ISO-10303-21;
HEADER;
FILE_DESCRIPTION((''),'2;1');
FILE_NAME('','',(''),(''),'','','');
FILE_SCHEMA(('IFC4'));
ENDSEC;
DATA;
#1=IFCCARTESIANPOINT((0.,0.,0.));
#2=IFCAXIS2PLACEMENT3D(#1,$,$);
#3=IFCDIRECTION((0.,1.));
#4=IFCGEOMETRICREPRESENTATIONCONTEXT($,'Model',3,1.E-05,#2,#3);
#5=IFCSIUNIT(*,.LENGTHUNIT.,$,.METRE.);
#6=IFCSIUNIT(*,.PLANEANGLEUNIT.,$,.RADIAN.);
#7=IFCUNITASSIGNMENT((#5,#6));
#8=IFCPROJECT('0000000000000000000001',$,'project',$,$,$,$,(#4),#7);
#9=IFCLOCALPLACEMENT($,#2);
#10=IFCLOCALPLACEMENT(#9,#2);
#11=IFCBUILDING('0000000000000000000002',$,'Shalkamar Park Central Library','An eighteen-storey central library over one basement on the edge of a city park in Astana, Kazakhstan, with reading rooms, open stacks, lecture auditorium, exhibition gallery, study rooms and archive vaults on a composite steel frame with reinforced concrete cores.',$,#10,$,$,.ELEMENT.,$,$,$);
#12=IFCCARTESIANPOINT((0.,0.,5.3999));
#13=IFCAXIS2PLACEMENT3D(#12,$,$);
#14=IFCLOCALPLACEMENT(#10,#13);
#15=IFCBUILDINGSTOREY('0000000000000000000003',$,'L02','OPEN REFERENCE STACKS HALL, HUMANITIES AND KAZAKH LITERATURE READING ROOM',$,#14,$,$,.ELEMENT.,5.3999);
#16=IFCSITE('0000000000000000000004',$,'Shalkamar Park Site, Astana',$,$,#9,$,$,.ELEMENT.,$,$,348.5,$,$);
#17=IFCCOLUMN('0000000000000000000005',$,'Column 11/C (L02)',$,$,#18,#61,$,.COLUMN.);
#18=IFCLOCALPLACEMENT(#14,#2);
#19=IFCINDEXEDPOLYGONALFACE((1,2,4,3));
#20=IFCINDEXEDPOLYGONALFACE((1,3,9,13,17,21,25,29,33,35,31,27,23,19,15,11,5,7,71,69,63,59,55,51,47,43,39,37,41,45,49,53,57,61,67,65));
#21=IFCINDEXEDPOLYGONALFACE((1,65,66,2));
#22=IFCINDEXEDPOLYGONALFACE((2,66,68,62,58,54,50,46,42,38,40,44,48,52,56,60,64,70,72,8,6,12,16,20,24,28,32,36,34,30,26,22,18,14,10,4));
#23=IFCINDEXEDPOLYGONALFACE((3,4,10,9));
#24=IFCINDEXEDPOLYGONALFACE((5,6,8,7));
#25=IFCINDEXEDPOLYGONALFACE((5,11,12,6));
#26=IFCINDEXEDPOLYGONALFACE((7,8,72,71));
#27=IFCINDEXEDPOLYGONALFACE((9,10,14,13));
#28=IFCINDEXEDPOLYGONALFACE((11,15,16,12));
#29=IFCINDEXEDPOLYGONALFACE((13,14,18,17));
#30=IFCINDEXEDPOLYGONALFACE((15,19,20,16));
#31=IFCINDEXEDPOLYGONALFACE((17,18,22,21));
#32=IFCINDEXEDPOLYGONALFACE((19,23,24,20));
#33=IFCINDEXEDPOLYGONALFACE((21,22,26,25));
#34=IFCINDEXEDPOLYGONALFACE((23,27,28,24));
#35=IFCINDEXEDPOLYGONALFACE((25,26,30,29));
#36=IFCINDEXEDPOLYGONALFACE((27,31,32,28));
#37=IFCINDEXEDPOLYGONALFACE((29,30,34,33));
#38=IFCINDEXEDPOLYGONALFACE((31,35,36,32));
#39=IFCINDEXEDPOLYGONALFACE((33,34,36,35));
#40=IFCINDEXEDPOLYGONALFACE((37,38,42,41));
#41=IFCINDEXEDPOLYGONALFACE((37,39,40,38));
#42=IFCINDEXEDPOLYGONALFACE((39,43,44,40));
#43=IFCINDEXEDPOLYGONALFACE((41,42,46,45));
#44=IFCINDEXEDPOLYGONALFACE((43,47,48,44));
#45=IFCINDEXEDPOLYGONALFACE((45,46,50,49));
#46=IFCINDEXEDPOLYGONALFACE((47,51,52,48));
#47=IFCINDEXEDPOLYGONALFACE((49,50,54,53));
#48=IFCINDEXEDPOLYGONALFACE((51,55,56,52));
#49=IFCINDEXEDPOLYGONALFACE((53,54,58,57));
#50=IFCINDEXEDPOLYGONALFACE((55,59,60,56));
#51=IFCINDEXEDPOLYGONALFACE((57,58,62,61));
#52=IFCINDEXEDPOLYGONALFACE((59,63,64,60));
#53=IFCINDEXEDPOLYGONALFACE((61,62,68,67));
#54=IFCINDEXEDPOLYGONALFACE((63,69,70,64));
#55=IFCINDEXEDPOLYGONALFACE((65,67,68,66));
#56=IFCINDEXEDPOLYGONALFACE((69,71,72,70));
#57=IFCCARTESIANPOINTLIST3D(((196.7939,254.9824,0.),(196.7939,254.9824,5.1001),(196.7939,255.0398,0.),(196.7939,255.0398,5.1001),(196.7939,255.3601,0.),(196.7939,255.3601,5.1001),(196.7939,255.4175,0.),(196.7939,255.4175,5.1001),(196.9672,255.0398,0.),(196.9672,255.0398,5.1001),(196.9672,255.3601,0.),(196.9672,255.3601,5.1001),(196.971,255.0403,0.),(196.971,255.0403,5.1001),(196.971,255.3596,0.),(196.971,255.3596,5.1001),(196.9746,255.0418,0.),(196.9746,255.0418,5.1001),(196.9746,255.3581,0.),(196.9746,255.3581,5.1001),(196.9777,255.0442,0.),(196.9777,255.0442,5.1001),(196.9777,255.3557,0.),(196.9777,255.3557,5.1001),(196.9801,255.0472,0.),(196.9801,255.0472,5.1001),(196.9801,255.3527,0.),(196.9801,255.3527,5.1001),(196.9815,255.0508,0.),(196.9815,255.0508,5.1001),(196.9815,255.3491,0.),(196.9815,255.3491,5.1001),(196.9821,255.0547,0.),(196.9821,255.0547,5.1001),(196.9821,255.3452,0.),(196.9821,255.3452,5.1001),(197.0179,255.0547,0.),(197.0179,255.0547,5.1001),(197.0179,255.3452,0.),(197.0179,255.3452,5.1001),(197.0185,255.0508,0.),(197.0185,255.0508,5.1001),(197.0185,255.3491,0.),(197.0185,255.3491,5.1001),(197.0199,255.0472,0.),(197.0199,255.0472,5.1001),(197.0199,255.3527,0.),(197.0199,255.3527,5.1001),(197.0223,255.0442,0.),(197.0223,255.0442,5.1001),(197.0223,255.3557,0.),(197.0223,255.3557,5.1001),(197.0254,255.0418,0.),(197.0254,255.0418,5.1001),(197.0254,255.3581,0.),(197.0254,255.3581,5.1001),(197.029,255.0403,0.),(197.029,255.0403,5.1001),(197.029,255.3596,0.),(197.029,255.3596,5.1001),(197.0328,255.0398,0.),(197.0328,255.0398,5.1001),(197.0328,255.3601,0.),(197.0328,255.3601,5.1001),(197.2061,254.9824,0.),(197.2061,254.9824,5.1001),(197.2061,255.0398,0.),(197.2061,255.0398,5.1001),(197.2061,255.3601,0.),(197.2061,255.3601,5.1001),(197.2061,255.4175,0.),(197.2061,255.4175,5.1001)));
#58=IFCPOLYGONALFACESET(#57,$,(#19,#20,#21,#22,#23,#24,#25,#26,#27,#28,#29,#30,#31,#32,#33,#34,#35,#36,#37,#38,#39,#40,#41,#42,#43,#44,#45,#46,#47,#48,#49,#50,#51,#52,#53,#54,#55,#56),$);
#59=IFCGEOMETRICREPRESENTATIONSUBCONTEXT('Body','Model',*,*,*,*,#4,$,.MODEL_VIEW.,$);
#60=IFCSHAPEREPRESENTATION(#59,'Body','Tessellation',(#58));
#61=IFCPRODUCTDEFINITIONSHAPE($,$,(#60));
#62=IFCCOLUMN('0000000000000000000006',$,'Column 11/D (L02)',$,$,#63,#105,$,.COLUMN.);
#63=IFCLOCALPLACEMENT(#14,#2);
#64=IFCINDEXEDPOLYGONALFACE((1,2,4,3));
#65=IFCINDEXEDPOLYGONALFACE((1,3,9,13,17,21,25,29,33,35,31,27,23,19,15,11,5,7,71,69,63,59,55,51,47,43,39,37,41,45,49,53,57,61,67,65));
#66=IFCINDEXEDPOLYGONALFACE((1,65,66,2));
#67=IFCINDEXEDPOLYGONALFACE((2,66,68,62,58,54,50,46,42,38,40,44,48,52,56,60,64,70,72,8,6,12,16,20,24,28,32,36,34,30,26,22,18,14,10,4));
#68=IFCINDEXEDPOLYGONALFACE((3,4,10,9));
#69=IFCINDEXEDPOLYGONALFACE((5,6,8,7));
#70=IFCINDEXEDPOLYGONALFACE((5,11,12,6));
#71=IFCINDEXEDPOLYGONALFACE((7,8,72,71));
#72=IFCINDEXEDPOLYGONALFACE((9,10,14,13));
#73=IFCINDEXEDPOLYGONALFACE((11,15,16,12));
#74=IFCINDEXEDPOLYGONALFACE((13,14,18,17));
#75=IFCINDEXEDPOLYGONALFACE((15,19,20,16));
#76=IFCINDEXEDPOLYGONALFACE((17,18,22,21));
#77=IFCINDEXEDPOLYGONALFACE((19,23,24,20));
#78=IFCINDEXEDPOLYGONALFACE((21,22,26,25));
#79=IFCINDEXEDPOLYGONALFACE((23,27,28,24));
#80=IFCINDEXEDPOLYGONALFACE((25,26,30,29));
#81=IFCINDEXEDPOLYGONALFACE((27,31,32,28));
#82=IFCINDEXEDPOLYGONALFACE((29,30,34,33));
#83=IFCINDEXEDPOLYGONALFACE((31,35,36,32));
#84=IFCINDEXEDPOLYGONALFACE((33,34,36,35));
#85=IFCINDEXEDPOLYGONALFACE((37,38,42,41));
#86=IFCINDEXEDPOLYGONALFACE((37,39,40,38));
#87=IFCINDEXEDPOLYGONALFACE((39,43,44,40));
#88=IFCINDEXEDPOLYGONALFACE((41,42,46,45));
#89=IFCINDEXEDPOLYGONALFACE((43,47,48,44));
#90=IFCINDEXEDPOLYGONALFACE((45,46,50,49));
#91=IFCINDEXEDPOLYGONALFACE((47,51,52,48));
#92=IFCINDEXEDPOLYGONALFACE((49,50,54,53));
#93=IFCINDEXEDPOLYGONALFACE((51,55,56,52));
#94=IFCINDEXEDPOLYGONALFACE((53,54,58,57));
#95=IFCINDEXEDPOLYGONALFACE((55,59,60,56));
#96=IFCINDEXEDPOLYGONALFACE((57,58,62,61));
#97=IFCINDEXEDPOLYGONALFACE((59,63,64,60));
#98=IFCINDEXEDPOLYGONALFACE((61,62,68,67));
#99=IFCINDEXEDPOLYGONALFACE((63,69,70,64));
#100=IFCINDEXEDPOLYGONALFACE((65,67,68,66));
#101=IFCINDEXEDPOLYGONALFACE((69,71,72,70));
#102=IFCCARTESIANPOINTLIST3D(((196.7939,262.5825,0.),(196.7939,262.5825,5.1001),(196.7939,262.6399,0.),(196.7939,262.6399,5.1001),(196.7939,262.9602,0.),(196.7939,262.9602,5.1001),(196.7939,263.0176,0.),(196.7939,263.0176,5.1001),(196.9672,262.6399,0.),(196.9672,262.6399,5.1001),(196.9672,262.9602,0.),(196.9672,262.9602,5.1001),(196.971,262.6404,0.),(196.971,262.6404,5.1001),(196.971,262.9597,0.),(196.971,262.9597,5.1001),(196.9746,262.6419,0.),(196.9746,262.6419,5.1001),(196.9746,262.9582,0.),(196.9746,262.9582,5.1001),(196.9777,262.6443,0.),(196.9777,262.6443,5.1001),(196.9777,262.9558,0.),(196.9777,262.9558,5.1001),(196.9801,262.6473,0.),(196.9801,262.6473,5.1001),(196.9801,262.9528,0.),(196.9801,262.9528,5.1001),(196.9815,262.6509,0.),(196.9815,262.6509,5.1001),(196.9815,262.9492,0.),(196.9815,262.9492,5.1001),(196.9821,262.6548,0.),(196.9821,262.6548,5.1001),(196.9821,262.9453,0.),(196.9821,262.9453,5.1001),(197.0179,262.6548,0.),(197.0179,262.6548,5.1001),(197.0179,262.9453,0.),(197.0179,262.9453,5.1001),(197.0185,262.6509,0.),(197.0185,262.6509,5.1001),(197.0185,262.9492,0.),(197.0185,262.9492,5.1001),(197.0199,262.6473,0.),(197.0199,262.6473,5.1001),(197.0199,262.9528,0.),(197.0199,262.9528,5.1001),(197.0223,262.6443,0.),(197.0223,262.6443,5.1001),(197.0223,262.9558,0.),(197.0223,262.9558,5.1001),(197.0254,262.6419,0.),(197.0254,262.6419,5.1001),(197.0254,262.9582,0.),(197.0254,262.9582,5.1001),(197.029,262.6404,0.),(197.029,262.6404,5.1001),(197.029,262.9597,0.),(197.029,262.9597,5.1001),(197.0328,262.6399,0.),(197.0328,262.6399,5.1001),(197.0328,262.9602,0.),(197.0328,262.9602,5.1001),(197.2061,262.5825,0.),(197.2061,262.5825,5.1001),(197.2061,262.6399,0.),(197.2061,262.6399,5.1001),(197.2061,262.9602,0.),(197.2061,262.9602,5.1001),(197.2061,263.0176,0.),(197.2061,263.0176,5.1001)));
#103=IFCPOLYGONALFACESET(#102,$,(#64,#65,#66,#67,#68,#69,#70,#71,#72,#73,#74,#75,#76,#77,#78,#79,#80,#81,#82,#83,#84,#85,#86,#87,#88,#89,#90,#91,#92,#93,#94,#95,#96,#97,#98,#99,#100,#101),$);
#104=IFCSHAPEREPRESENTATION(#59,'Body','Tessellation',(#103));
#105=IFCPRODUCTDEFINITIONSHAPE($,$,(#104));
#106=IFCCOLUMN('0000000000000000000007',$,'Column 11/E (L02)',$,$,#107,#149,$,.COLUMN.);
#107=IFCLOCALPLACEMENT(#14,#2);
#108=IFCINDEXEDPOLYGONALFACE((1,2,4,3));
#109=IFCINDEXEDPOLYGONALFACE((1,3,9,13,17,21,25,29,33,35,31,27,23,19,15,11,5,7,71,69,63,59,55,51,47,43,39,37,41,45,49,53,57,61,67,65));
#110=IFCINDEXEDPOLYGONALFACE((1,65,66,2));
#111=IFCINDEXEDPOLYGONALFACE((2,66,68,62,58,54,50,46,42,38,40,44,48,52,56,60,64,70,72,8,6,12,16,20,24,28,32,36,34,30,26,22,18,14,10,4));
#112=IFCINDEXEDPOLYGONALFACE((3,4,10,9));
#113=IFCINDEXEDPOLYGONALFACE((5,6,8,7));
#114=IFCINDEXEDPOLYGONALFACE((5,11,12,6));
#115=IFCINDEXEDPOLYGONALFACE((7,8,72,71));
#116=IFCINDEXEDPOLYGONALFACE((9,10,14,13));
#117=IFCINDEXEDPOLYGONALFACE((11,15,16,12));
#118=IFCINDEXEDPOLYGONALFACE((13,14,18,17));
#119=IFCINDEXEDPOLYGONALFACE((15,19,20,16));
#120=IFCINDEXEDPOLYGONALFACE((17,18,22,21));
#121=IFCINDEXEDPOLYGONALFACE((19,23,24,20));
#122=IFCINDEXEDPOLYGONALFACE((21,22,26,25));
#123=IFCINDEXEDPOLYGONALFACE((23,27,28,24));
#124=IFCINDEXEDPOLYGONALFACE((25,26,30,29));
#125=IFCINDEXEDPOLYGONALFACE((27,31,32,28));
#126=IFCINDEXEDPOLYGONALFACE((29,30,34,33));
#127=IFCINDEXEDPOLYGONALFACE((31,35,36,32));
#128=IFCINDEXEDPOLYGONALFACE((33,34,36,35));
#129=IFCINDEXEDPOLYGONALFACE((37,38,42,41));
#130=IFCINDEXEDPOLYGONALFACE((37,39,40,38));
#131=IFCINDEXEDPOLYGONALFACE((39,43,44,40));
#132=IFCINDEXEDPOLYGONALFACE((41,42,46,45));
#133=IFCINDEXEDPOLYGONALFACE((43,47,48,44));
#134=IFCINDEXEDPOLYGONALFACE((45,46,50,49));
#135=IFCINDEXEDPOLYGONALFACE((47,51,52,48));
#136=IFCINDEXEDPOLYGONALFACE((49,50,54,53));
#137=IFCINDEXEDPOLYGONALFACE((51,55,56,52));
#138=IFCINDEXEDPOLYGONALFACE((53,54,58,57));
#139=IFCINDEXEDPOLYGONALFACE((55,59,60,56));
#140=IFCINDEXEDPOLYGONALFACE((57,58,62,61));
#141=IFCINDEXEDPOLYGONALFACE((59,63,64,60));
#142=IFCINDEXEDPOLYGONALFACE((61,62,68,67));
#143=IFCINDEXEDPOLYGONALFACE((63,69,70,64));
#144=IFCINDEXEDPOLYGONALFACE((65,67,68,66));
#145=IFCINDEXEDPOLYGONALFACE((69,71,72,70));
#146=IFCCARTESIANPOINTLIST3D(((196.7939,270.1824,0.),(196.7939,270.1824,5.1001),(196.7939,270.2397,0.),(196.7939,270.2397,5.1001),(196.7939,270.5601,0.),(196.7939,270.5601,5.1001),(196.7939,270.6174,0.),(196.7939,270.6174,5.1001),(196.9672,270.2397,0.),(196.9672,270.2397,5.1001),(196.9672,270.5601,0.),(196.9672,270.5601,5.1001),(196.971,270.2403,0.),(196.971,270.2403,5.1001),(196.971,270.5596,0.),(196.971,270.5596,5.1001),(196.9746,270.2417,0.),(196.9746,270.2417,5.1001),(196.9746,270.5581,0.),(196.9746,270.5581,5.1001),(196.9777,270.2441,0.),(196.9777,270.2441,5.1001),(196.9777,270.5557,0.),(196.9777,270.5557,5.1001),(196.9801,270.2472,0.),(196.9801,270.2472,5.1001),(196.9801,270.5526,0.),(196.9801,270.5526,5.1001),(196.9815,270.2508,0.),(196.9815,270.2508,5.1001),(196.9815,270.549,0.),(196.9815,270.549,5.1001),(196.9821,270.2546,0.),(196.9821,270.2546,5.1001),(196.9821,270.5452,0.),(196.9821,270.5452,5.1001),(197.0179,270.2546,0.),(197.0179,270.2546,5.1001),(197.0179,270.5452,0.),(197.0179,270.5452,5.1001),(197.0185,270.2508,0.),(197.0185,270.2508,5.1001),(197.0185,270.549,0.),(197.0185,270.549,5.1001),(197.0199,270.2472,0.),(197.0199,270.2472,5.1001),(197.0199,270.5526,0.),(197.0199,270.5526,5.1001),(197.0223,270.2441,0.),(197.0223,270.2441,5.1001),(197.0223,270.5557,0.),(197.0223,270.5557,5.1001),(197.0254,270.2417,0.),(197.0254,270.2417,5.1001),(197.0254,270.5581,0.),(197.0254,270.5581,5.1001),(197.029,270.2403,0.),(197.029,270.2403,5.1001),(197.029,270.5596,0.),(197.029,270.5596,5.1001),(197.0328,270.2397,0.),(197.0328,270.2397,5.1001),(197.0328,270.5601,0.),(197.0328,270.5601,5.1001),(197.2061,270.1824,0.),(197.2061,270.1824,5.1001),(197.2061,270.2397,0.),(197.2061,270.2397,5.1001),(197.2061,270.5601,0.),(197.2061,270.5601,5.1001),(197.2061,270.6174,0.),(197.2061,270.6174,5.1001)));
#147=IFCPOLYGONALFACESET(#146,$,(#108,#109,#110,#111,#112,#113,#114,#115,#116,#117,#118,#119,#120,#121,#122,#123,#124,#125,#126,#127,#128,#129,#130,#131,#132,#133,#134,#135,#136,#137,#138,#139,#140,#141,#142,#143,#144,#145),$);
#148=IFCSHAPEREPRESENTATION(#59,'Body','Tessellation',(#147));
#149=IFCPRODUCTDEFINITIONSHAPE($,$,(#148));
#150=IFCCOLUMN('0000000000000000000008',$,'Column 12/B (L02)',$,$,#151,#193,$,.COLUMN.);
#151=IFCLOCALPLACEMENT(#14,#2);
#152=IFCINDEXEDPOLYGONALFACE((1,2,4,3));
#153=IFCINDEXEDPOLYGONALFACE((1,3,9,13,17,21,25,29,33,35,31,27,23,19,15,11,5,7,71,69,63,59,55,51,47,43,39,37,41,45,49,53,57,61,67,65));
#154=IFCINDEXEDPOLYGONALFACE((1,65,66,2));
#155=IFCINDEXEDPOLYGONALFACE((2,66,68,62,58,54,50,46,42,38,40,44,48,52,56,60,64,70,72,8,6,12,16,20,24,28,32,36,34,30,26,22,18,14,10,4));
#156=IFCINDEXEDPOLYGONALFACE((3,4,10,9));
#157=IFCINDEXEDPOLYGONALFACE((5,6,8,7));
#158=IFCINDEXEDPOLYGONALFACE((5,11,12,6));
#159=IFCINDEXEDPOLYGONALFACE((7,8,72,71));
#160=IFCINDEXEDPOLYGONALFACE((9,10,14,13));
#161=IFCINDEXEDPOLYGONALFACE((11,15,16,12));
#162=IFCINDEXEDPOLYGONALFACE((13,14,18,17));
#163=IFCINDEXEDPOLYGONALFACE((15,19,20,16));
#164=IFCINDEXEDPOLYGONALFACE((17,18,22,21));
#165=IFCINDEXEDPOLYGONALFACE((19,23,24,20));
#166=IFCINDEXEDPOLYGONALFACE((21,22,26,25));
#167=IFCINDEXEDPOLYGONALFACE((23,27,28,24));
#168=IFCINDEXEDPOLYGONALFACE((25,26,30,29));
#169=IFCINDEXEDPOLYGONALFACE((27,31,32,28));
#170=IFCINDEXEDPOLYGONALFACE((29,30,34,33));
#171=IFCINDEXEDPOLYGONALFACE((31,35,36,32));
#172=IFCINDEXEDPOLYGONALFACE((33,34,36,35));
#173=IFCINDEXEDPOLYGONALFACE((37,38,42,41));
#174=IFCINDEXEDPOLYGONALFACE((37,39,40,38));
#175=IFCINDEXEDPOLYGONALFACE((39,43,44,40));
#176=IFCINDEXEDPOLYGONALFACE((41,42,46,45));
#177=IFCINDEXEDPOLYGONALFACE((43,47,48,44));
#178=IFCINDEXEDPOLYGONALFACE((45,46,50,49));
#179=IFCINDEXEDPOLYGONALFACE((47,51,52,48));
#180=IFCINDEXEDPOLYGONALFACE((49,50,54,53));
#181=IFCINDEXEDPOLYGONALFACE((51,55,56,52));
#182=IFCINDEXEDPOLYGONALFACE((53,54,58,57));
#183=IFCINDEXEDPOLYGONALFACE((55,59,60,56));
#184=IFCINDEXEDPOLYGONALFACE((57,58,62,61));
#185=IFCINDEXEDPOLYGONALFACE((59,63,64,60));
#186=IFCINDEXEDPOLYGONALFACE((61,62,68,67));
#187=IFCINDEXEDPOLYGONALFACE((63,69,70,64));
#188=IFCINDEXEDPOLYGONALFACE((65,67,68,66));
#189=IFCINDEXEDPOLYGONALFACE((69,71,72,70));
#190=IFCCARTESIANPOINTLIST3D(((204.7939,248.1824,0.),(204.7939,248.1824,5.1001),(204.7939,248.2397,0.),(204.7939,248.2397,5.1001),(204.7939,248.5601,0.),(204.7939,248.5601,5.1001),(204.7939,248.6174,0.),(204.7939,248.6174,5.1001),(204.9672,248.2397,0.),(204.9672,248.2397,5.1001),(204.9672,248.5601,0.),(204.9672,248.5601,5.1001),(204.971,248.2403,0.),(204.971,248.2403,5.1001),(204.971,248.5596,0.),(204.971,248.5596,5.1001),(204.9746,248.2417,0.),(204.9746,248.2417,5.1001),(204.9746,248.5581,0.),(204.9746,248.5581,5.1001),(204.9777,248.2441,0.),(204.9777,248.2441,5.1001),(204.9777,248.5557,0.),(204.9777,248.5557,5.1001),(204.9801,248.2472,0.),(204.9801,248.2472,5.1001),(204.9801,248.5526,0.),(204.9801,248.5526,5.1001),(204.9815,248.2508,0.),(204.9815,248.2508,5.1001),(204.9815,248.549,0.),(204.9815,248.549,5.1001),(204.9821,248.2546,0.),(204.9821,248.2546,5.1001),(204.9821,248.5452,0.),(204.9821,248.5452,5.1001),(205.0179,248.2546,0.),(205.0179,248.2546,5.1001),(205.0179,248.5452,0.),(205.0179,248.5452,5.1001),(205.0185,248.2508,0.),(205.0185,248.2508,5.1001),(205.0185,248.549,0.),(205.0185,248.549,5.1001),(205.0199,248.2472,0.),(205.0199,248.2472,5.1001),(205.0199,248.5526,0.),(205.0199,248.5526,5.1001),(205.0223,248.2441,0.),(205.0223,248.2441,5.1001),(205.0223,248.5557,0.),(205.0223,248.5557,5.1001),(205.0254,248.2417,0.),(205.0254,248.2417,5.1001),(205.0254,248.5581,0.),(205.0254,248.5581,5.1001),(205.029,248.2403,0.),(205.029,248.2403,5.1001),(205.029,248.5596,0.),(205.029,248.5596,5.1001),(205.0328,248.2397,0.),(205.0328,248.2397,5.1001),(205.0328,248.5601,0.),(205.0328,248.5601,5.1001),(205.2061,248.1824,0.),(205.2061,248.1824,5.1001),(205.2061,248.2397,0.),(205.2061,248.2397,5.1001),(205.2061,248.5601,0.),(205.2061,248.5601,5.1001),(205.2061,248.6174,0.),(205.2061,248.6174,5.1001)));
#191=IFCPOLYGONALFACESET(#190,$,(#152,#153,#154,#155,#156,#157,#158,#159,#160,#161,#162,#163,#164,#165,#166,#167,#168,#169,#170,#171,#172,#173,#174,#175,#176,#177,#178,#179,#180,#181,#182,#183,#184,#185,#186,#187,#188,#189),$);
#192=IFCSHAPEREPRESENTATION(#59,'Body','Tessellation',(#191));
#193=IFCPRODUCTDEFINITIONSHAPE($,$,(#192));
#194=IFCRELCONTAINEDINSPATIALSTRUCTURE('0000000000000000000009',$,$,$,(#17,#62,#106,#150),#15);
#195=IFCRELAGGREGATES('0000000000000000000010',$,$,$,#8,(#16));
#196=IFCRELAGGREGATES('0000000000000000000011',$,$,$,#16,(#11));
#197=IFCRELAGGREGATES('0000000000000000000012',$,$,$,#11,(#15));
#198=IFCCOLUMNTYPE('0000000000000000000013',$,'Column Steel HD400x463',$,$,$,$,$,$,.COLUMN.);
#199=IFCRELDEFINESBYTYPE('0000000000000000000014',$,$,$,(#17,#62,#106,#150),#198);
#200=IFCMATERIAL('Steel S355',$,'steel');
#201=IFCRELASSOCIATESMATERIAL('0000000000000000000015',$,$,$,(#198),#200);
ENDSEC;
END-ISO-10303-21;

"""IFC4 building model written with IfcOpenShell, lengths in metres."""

from ifc_helpers import new_model, si_unit, direction, frame, origin, origin_2d, place, context, subcontext, project, spatial, i_section, extrude, material, material_profile, profile_set, type_object, element, save


model = new_model("IFC4")

# Units and contexts
model_context = context("Model", 3, precision=1e-05, world=origin(), true_north=direction((0.0, 1.0)))
body_context = subcontext(model_context, "Body", "Model", "MODEL_VIEW")
ifc_project = project(units=[si_unit("LENGTHUNIT", "METRE"), si_unit("PLANEANGLEUNIT", "RADIAN")], contexts=[model_context])

# Site, building, storey
site_placement = place(None, origin())
site = spatial("IfcSite", under=ifc_project, at=site_placement, Name="Shalkamar Park Site, Astana", CompositionType="ELEMENT", RefElevation=348.5)
building_placement = place(site_placement, origin())
building = spatial("IfcBuilding", under=site, at=building_placement, Name="Shalkamar Park Central Library", Description="An eighteen-storey central library over one basement on the edge of a city park in Astana, Kazakhstan, with reading rooms, open stacks, lecture auditorium, exhibition gallery, study rooms and archive vaults on a composite steel frame with reinforced concrete cores.", CompositionType="ELEMENT")
storey_placement = place(building_placement, frame((0.0, 0.0, 5.3999)))
storey = spatial("IfcBuildingStorey", under=building, at=storey_placement, Name="L02", Description="OPEN REFERENCE STACKS HALL, HUMANITIES AND KAZAKH LITERATURE READING ROOM", CompositionType="ELEMENT", Elevation=5.3999)

# Columns
ifc_material_1 = material(Name="Steel S355", Category="steel")
ifc_material_profile_1 = material_profile(ifc_material_1, i_section(OverallWidth=0.4121, OverallDepth=0.4351, WebThickness=0.0359, FlangeThickness=0.0574, FilletRadius=0.0149, at=origin_2d()), Name="HD 400x463")
ifc_profile_set_1 = profile_set([ifc_material_profile_1], Name="Steel S355")
column_type = type_object("IfcColumnType", Name="Column Steel HD400x463", PredefinedType="COLUMN", material=ifc_profile_set_1)
for number, where, z_axis, x_axis, name in (
    (1, (197.0, 255.2, 0.0), (0.0, 0.0, 1.0), (1.0, 0.0, 0.0), "Column 11/C (L02)"),
    (2, (197.0, 262.8, 0.0), (0.0, 0.0, 1.0), (1.0, 0.0, 0.0), "Column 11/D (L02)"),
    (3, (197.0, 270.3999, 0.0), (0.0, 0.0, 1.0), (1.0, 0.0, 0.0), "Column 11/E (L02)"),
    (4, (205.0, 248.3999, 0.0), (0.0, 0.0, 1.0), (1.0, 0.0, 0.0), "Column 12/B (L02)"),
):
    element("IfcColumn", number, at=place(storey_placement, frame(where, z_axis=z_axis, x_axis=x_axis)), inside=storey, type_object=column_type, Name=name, PredefinedType="COLUMN", context=body_context, shape_type="SweptSolid", body=[
        extrude(i_section(OverallWidth=0.4121, OverallDepth=0.4351, WebThickness=0.0359, FlangeThickness=0.0574, FilletRadius=0.0149, at=origin_2d()), origin(), (0.0, 0.0, 1.0), 5.1001),
    ])

save(model, "model.ifc")
